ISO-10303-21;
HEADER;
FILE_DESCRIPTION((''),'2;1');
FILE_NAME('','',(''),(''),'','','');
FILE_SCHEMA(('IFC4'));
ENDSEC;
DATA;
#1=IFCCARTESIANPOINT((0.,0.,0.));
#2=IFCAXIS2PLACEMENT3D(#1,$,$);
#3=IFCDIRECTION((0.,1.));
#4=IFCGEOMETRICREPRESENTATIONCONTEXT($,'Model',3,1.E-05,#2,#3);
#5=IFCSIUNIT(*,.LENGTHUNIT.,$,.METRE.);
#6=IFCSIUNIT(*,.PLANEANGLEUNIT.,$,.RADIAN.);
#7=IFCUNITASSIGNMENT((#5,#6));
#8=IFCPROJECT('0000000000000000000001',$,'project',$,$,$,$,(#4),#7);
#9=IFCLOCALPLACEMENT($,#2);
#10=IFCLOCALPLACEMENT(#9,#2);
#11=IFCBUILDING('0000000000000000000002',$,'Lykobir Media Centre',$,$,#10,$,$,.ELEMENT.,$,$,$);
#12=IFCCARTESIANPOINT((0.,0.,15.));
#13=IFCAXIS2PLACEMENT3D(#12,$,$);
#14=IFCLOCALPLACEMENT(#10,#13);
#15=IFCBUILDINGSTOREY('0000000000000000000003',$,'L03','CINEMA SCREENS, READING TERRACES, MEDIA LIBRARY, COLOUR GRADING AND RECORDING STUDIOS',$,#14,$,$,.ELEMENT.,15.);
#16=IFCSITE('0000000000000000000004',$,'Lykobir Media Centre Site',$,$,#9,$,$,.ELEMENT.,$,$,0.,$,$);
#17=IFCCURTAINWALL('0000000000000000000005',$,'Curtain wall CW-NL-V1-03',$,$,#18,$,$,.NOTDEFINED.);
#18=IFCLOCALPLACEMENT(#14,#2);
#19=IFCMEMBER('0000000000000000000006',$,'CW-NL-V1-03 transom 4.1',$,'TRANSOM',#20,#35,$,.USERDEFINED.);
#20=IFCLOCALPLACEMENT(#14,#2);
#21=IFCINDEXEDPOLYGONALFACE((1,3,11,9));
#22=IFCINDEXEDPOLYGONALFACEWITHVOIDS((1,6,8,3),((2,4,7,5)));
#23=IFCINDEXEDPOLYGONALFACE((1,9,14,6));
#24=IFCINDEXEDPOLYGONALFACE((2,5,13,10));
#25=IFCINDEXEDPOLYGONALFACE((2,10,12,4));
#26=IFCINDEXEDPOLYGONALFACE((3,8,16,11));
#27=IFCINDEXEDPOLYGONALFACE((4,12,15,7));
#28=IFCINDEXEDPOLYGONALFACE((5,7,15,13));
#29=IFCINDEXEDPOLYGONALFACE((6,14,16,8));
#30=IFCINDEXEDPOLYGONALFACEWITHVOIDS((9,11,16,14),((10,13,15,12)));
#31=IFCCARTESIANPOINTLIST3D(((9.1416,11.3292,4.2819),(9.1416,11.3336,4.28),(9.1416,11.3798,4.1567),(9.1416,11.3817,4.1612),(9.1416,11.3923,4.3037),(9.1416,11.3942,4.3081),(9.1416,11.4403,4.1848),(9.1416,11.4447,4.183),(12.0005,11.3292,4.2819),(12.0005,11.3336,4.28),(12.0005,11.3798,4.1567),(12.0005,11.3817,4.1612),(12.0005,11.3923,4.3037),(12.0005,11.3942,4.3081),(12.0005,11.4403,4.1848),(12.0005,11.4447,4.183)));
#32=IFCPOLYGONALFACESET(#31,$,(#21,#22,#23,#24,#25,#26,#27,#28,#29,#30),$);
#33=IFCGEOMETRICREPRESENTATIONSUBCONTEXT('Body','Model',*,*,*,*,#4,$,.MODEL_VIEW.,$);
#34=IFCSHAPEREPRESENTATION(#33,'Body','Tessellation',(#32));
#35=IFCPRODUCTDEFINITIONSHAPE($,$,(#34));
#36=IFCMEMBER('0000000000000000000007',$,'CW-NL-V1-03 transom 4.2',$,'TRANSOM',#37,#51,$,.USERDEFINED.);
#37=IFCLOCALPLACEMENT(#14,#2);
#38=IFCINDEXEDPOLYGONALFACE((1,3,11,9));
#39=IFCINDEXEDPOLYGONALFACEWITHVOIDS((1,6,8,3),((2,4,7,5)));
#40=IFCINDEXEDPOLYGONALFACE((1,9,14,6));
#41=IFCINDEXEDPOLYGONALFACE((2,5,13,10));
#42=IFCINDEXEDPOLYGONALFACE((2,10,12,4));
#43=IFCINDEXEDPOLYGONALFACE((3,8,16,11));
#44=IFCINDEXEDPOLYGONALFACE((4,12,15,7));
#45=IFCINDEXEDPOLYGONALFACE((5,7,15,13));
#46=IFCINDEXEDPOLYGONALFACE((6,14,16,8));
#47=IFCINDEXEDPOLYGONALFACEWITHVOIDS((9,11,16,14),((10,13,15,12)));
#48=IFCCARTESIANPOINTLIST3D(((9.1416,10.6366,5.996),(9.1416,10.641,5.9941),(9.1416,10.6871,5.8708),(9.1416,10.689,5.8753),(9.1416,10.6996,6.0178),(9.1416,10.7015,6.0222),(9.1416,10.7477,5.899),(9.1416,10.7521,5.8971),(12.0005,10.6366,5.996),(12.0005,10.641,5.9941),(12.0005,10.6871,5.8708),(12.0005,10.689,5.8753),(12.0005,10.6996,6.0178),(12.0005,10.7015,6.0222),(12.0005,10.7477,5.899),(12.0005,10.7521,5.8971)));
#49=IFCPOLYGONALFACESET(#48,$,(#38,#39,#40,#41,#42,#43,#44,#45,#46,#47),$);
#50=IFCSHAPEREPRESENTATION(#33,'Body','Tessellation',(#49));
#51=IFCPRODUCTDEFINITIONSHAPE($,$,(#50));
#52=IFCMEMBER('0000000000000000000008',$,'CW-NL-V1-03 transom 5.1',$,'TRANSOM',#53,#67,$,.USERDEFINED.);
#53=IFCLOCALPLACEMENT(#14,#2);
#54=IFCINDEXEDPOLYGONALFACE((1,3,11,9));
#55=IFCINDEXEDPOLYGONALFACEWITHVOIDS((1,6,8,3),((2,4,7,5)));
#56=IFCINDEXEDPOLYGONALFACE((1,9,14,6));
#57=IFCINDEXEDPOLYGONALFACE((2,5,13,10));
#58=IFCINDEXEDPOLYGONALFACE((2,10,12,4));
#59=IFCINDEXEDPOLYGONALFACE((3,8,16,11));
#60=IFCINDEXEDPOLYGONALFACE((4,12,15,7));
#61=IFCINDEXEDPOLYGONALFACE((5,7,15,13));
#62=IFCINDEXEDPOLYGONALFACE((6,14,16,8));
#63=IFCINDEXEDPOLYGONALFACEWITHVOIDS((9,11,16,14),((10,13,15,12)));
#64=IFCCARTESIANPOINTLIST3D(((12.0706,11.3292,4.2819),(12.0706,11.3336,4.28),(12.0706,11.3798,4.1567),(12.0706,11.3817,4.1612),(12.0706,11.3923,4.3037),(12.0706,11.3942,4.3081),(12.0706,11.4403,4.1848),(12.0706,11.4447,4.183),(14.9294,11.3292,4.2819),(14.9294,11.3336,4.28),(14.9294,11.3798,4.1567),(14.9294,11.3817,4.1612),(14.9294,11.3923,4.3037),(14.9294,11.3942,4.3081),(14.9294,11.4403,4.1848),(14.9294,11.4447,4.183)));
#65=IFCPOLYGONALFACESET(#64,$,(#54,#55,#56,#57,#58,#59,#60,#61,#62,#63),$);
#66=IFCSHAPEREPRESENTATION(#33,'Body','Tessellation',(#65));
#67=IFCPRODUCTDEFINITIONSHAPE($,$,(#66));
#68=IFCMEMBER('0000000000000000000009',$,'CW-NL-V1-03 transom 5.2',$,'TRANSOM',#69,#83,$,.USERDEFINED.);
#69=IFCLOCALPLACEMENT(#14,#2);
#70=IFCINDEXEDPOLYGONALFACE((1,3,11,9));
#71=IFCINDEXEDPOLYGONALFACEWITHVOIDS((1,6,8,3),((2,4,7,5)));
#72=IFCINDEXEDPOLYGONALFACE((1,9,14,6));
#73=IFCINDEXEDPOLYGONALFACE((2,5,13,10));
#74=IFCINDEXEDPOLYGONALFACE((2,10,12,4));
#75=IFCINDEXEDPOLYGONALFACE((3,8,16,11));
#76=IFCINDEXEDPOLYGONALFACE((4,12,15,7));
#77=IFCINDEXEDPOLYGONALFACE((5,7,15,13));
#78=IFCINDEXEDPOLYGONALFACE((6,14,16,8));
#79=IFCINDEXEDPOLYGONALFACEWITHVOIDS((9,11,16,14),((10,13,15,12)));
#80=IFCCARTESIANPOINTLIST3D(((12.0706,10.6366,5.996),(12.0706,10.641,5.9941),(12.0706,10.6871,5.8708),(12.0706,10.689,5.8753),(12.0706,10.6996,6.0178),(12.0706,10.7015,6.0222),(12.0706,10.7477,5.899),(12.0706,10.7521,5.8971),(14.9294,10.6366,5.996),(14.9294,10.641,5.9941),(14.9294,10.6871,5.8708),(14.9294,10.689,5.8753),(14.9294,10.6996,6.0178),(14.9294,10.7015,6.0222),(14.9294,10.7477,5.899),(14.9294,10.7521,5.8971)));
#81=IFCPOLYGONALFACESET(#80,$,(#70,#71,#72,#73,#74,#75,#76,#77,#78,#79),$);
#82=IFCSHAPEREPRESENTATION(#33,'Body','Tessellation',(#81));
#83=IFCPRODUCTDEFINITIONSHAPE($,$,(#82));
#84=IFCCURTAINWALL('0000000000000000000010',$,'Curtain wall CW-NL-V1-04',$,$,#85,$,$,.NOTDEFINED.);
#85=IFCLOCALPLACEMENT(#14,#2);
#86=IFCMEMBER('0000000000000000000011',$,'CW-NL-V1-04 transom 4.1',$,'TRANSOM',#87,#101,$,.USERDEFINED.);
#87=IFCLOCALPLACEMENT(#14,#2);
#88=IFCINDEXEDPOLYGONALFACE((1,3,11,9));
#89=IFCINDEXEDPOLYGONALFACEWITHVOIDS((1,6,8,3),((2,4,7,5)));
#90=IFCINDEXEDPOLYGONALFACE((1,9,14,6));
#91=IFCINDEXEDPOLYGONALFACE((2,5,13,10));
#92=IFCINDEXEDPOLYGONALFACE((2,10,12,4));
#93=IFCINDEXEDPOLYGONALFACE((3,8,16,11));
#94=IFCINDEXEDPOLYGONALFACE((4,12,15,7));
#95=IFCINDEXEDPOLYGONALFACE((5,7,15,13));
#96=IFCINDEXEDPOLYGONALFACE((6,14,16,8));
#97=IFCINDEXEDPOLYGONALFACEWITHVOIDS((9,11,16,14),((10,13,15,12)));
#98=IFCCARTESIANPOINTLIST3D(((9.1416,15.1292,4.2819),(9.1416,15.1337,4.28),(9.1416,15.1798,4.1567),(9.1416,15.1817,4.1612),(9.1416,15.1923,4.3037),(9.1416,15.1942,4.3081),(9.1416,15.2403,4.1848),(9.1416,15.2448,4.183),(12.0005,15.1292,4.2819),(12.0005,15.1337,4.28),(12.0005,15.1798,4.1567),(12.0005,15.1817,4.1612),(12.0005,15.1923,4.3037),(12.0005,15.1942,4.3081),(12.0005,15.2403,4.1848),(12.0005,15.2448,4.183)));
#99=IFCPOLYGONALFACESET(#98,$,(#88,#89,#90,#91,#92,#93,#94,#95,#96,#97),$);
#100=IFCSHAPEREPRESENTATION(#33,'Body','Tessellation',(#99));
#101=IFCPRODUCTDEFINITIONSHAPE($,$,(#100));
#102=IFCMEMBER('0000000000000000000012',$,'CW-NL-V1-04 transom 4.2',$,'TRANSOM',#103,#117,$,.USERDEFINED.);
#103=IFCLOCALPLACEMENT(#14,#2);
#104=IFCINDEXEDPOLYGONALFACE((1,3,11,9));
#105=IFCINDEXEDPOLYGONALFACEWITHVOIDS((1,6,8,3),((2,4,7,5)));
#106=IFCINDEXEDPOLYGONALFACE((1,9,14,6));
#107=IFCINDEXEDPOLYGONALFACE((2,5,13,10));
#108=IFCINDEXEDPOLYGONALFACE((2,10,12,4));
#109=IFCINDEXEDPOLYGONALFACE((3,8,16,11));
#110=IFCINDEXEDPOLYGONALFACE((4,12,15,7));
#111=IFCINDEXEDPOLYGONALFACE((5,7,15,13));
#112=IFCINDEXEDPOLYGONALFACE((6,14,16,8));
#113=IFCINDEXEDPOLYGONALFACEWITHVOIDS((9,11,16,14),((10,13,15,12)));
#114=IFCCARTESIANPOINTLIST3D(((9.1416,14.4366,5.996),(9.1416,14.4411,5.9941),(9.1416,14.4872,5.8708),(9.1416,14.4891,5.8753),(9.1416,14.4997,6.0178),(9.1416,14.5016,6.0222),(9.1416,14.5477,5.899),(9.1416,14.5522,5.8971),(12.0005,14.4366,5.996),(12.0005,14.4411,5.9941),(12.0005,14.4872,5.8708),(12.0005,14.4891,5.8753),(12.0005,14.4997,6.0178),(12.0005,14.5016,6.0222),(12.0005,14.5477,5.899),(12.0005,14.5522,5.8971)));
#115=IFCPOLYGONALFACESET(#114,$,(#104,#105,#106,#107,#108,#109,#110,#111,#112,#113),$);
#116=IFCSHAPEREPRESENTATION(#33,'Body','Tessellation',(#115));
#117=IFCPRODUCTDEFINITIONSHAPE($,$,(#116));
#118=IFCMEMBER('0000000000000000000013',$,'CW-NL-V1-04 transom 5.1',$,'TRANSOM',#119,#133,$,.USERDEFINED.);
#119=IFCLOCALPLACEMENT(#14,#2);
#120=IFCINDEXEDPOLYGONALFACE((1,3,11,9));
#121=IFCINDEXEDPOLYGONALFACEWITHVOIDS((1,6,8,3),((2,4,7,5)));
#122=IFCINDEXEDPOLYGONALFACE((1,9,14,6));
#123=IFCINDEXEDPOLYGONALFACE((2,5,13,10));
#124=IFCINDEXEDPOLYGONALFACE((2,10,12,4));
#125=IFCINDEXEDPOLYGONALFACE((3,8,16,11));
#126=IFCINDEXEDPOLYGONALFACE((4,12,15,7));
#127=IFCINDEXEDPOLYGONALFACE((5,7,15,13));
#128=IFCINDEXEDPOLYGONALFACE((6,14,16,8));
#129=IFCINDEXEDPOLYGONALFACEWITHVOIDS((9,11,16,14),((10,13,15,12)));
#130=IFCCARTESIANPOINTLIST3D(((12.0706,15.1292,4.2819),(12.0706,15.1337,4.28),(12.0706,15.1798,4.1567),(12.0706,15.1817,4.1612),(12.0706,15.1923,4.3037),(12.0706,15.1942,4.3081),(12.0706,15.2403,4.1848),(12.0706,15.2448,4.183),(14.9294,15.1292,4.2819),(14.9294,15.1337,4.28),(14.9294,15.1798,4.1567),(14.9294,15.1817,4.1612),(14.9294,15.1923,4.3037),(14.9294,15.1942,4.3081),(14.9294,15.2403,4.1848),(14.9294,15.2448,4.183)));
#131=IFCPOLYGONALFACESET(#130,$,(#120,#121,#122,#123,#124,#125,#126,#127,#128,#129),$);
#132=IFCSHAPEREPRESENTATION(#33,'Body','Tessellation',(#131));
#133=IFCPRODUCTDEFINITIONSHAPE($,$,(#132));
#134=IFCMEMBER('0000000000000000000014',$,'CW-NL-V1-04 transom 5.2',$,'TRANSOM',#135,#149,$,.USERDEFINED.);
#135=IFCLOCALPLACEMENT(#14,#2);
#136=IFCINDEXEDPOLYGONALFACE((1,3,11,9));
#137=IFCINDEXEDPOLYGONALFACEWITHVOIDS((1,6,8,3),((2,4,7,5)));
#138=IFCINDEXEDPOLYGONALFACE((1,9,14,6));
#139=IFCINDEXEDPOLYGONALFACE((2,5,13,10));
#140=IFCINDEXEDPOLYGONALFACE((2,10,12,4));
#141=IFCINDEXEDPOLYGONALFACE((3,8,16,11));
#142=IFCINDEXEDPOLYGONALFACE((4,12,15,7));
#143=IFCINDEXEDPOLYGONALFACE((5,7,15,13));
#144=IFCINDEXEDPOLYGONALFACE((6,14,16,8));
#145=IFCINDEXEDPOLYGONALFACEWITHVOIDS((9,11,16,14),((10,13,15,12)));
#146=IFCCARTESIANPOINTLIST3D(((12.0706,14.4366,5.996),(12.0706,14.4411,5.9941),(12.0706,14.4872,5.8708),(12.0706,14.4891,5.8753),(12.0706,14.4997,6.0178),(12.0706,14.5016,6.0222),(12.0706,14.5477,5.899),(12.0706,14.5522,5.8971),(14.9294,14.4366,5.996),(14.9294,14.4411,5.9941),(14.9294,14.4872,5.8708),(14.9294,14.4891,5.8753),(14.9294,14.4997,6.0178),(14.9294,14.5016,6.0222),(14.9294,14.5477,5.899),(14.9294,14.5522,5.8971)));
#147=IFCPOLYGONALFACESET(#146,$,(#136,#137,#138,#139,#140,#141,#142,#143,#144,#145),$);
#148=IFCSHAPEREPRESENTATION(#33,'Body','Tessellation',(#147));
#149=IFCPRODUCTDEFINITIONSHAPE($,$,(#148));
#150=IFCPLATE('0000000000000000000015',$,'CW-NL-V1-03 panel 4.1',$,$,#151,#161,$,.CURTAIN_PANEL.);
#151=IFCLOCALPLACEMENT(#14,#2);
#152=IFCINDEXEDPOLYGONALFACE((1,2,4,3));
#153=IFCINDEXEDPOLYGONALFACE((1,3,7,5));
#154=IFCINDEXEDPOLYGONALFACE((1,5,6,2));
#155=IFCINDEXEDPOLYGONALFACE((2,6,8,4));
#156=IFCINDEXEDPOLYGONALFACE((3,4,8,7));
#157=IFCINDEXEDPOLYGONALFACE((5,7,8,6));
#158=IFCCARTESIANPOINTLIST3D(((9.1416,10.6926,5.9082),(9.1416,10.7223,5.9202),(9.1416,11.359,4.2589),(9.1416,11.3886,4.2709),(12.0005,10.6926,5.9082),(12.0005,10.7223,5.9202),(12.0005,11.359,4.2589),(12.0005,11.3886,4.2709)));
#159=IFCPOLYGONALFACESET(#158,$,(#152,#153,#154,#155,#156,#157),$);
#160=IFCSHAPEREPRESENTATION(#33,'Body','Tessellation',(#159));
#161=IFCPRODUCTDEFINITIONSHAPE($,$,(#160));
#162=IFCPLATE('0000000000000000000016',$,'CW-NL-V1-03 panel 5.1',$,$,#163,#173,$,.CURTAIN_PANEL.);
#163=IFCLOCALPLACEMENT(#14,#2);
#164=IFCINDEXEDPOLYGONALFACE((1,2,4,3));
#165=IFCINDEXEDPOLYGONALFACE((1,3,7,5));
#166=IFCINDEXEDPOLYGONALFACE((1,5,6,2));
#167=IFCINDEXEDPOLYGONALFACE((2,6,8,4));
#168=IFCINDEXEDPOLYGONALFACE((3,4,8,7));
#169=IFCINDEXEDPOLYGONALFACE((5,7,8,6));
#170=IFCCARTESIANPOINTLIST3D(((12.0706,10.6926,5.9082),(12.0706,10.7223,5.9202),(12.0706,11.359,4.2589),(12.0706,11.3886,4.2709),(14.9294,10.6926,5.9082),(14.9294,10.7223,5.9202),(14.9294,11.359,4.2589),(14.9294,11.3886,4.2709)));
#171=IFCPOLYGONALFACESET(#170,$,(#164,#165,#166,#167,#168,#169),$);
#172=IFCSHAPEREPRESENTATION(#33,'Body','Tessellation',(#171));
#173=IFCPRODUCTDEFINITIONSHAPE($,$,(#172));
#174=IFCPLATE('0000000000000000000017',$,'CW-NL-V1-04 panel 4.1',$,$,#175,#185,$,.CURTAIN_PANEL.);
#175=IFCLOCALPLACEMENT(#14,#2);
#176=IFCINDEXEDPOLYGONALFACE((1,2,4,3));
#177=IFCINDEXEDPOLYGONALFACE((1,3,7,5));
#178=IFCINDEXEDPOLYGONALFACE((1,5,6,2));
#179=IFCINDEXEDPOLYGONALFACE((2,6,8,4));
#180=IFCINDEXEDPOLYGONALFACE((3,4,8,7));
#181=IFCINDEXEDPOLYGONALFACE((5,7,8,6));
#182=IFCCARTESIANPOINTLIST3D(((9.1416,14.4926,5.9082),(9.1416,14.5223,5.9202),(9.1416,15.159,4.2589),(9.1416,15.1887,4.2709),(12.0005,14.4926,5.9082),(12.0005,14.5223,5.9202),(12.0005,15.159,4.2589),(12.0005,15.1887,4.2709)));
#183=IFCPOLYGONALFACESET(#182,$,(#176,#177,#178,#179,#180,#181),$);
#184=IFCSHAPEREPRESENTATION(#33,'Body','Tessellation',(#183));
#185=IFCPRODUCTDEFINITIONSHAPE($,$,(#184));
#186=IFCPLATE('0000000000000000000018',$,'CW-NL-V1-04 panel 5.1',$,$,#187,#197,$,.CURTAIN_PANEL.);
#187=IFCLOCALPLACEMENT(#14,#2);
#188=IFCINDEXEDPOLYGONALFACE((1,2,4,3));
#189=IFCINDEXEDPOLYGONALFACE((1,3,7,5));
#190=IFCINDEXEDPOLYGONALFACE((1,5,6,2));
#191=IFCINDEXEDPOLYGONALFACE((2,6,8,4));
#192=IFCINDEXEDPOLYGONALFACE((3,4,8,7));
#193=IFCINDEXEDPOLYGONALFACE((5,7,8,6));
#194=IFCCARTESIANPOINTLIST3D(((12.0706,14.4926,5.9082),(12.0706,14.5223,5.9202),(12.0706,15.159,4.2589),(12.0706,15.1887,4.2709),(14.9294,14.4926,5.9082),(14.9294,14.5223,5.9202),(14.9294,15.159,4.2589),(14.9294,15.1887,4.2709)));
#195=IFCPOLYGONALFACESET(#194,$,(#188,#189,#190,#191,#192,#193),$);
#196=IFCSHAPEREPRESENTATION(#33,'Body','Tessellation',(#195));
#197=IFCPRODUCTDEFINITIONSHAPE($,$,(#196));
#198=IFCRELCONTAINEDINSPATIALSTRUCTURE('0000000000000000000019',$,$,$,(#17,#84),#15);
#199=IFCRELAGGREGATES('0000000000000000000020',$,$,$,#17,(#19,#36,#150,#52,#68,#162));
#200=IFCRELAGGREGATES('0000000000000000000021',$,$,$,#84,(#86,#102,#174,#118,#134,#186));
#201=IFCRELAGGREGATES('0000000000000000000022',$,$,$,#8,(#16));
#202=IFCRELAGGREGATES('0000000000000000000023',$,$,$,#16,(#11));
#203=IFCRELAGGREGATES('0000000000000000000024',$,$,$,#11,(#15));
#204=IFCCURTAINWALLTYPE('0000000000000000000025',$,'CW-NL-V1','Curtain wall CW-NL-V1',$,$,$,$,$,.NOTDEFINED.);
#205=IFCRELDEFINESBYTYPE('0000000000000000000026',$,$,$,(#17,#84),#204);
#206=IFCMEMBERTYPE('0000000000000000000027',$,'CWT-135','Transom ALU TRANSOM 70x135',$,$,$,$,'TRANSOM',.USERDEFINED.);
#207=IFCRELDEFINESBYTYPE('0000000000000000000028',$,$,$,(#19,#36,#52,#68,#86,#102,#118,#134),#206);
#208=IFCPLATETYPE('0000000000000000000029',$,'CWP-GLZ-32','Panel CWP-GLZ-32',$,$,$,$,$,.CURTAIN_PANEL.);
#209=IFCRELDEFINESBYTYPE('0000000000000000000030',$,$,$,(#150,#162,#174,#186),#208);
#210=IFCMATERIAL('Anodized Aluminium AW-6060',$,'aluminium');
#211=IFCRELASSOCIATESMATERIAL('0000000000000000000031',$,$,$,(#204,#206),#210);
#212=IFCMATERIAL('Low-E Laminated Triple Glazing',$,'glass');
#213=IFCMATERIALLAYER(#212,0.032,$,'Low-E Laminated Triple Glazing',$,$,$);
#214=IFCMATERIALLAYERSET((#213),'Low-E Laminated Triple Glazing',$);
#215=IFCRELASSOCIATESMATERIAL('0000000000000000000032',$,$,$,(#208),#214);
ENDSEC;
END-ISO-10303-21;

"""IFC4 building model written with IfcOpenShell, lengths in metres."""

from ifc_helpers import new_model, si_unit, direction, frame, origin, origin_2d, place, context, subcontext, project, spatial, rectangle, hollow_rectangle, extrude, material, layer, layer_set, material_profile, profile_set, type_object, element, aggregate, save


model = new_model("IFC4")

# Units and contexts
model_context = context("Model", 3, precision=1e-05, world=origin(), true_north=direction((0.0, 1.0)))
body_context = subcontext(model_context, "Body", "Model", "MODEL_VIEW")
ifc_project = project(units=[si_unit("LENGTHUNIT", "METRE"), si_unit("PLANEANGLEUNIT", "RADIAN")], contexts=[model_context])

# Site, building, storey
site_placement = place(None, origin())
site = spatial("IfcSite", under=ifc_project, at=site_placement, Name="Lykobir Media Centre Site", CompositionType="ELEMENT", RefElevation=0.0)
building_placement = place(site_placement, origin())
building = spatial("IfcBuilding", under=site, at=building_placement, Name="Lykobir Media Centre", CompositionType="ELEMENT")
storey_placement = place(building_placement, frame((0.0, 0.0, 15.0)))
storey = spatial("IfcBuildingStorey", under=building, at=storey_placement, Name="L03", Description="CINEMA SCREENS, READING TERRACES, MEDIA LIBRARY, COLOUR GRADING AND RECORDING STUDIOS", CompositionType="ELEMENT", Elevation=15.0)

# Curtain walls, members
ifc_material_1 = material(Name="Anodized Aluminium AW-6060", Category="aluminium")
curtain_wall_type = type_object("IfcCurtainWallType", Name="CW-NL-V1", Description="Curtain wall CW-NL-V1", PredefinedType="NOTDEFINED", material=ifc_material_1)
curtain_wall_1_placement = place(storey_placement, origin())
curtain_wall_1 = element("IfcCurtainWall", 1, at=curtain_wall_1_placement, inside=storey, type_object=curtain_wall_type, Name="Curtain wall CW-NL-V1-03", PredefinedType="NOTDEFINED")
ifc_material_profile_1 = material_profile(ifc_material_1, hollow_rectangle(XDim=0.0701, YDim=0.135, WallThickness=0.0034, at=origin_2d()), Name="ALU TRANSOM 70x135")
ifc_profile_set_1 = profile_set([ifc_material_profile_1], Name="Anodized Aluminium AW-6060")
member_type_1 = type_object("IfcMemberType", Name="CWT-135", Description="Transom ALU TRANSOM 70x135", ElementType="TRANSOM", PredefinedType="USERDEFINED", material=ifc_profile_set_1)
member_1_placement = place(storey_placement, frame((9.1416, 11.387, 4.2324), z_axis=(1.0, 0.0, 0.0), x_axis=(0.0, 0.927184, 0.374607)))
member_1 = element("IfcMember", 2, at=member_1_placement, type_object=member_type_1, Name="CW-NL-V1-03 transom 4.1", ObjectType="TRANSOM", PredefinedType="USERDEFINED", context=body_context, shape_type="SweptSolid", body=[
    extrude(hollow_rectangle(XDim=0.0701, YDim=0.135, WallThickness=0.0034, at=origin_2d()), origin(), (0.0, 0.0, 1.0), 2.8589),
])
member_2_placement = place(storey_placement, frame((9.1416, 10.6943, 5.9465), z_axis=(1.0, 0.0, 0.0), x_axis=(0.0, 0.927184, 0.374607)))
member_2 = element("IfcMember", 3, at=member_2_placement, type_object=member_type_1, Name="CW-NL-V1-03 transom 4.2", ObjectType="TRANSOM", PredefinedType="USERDEFINED", context=body_context, shape_type="SweptSolid", body=[
    extrude(hollow_rectangle(XDim=0.0701, YDim=0.135, WallThickness=0.0034, at=origin_2d()), origin(), (0.0, 0.0, 1.0), 2.8589),
])
member_3_placement = place(storey_placement, frame((12.0706, 11.387, 4.2324), z_axis=(1.0, 0.0, 0.0), x_axis=(0.0, 0.927184, 0.374607)))
member_3 = element("IfcMember", 4, at=member_3_placement, type_object=member_type_1, Name="CW-NL-V1-03 transom 5.1", ObjectType="TRANSOM", PredefinedType="USERDEFINED", context=body_context, shape_type="SweptSolid", body=[
    extrude(hollow_rectangle(XDim=0.0701, YDim=0.135, WallThickness=0.0034, at=origin_2d()), origin(), (0.0, 0.0, 1.0), 2.8589),
])
member_4_placement = place(storey_placement, frame((12.0706, 10.6943, 5.9465), z_axis=(1.0, 0.0, 0.0), x_axis=(0.0, 0.927184, 0.374607)))
member_4 = element("IfcMember", 5, at=member_4_placement, type_object=member_type_1, Name="CW-NL-V1-03 transom 5.2", ObjectType="TRANSOM", PredefinedType="USERDEFINED", context=body_context, shape_type="SweptSolid", body=[
    extrude(hollow_rectangle(XDim=0.0701, YDim=0.135, WallThickness=0.0034, at=origin_2d()), origin(), (0.0, 0.0, 1.0), 2.8589),
])
curtain_wall_2_placement = place(storey_placement, origin())
curtain_wall_2 = element("IfcCurtainWall", 6, at=curtain_wall_2_placement, inside=storey, type_object=curtain_wall_type, Name="Curtain wall CW-NL-V1-04", PredefinedType="NOTDEFINED")
member_5_placement = place(storey_placement, frame((9.1416, 15.187, 4.2324), z_axis=(1.0, 0.0, 0.0), x_axis=(0.0, 0.927184, 0.374607)))
member_5 = element("IfcMember", 7, at=member_5_placement, type_object=member_type_1, Name="CW-NL-V1-04 transom 4.1", ObjectType="TRANSOM", PredefinedType="USERDEFINED", context=body_context, shape_type="SweptSolid", body=[
    extrude(hollow_rectangle(XDim=0.0701, YDim=0.135, WallThickness=0.0034, at=origin_2d()), origin(), (0.0, 0.0, 1.0), 2.8589),
])
member_6_placement = place(storey_placement, frame((9.1416, 14.4944, 5.9465), z_axis=(1.0, 0.0, 0.0), x_axis=(0.0, 0.927184, 0.374607)))
member_6 = element("IfcMember", 8, at=member_6_placement, type_object=member_type_1, Name="CW-NL-V1-04 transom 4.2", ObjectType="TRANSOM", PredefinedType="USERDEFINED", context=body_context, shape_type="SweptSolid", body=[
    extrude(hollow_rectangle(XDim=0.0701, YDim=0.135, WallThickness=0.0034, at=origin_2d()), origin(), (0.0, 0.0, 1.0), 2.8589),
])
member_7_placement = place(storey_placement, frame((12.0706, 15.187, 4.2324), z_axis=(1.0, 0.0, 0.0), x_axis=(0.0, 0.927184, 0.374607)))
member_7 = element("IfcMember", 9, at=member_7_placement, type_object=member_type_1, Name="CW-NL-V1-04 transom 5.1", ObjectType="TRANSOM", PredefinedType="USERDEFINED", context=body_context, shape_type="SweptSolid", body=[
    extrude(hollow_rectangle(XDim=0.0701, YDim=0.135, WallThickness=0.0034, at=origin_2d()), origin(), (0.0, 0.0, 1.0), 2.8589),
])
member_8_placement = place(storey_placement, frame((12.0706, 14.4944, 5.9465), z_axis=(1.0, 0.0, 0.0), x_axis=(0.0, 0.927184, 0.374607)))
member_8 = element("IfcMember", 10, at=member_8_placement, type_object=member_type_1, Name="CW-NL-V1-04 transom 5.2", ObjectType="TRANSOM", PredefinedType="USERDEFINED", context=body_context, shape_type="SweptSolid", body=[
    extrude(hollow_rectangle(XDim=0.0701, YDim=0.135, WallThickness=0.0034, at=origin_2d()), origin(), (0.0, 0.0, 1.0), 2.8589),
])

# Plates
ifc_material_2 = material(Name="Low-E Laminated Triple Glazing", Category="glass")
ifc_layer_1 = layer(ifc_material_2, 0.032, Name="Low-E Laminated Triple Glazing")
ifc_layer_set_1 = layer_set([ifc_layer_1], Name="Low-E Laminated Triple Glazing")
plate_type_1 = type_object("IfcPlateType", Name="CWP-GLZ-32", Description="Panel CWP-GLZ-32", PredefinedType="CURTAIN_PANEL", material=ifc_layer_set_1)
plate_1_placement = place(storey_placement, frame((10.571, 11.3738, 4.2649), z_axis=(0.0, -0.374607, 0.927184), x_axis=(1.0, 0.0, 0.0)))
plate_1 = element("IfcPlate", 11, at=plate_1_placement, type_object=plate_type_1, Name="CW-NL-V1-03 panel 4.1", PredefinedType="CURTAIN_PANEL", context=body_context, shape_type="SweptSolid", body=[
    extrude(rectangle(XDim=2.8589, YDim=0.032, at=origin_2d()), origin(), (0.0, 0.0, 1.0), 1.7788),
])
plate_2_placement = place(storey_placement, frame((13.5, 11.3738, 4.2649), z_axis=(0.0, -0.374607, 0.927184), x_axis=(1.0, 0.0, 0.0)))
plate_2 = element("IfcPlate", 12, at=plate_2_placement, type_object=plate_type_1, Name="CW-NL-V1-03 panel 5.1", PredefinedType="CURTAIN_PANEL", context=body_context, shape_type="SweptSolid", body=[
    extrude(rectangle(XDim=2.8589, YDim=0.032, at=origin_2d()), origin(), (0.0, 0.0, 1.0), 1.7788),
])
aggregate(curtain_wall_1, [member_1, member_2, plate_1, member_3, member_4, plate_2])
plate_3_placement = place(storey_placement, frame((10.571, 15.1738, 4.2649), z_axis=(0.0, -0.374607, 0.927184), x_axis=(1.0, 0.0, 0.0)))
plate_3 = element("IfcPlate", 13, at=plate_3_placement, type_object=plate_type_1, Name="CW-NL-V1-04 panel 4.1", PredefinedType="CURTAIN_PANEL", context=body_context, shape_type="SweptSolid", body=[
    extrude(rectangle(XDim=2.8589, YDim=0.032, at=origin_2d()), origin(), (0.0, 0.0, 1.0), 1.7788),
])
plate_4_placement = place(storey_placement, frame((13.5, 15.1738, 4.2649), z_axis=(0.0, -0.374607, 0.927184), x_axis=(1.0, 0.0, 0.0)))
plate_4 = element("IfcPlate", 14, at=plate_4_placement, type_object=plate_type_1, Name="CW-NL-V1-04 panel 5.1", PredefinedType="CURTAIN_PANEL", context=body_context, shape_type="SweptSolid", body=[
    extrude(rectangle(XDim=2.8589, YDim=0.032, at=origin_2d()), origin(), (0.0, 0.0, 1.0), 1.7788),
])
aggregate(curtain_wall_2, [member_5, member_6, plate_3, member_7, member_8, plate_4])

save(model, "model.ifc")
